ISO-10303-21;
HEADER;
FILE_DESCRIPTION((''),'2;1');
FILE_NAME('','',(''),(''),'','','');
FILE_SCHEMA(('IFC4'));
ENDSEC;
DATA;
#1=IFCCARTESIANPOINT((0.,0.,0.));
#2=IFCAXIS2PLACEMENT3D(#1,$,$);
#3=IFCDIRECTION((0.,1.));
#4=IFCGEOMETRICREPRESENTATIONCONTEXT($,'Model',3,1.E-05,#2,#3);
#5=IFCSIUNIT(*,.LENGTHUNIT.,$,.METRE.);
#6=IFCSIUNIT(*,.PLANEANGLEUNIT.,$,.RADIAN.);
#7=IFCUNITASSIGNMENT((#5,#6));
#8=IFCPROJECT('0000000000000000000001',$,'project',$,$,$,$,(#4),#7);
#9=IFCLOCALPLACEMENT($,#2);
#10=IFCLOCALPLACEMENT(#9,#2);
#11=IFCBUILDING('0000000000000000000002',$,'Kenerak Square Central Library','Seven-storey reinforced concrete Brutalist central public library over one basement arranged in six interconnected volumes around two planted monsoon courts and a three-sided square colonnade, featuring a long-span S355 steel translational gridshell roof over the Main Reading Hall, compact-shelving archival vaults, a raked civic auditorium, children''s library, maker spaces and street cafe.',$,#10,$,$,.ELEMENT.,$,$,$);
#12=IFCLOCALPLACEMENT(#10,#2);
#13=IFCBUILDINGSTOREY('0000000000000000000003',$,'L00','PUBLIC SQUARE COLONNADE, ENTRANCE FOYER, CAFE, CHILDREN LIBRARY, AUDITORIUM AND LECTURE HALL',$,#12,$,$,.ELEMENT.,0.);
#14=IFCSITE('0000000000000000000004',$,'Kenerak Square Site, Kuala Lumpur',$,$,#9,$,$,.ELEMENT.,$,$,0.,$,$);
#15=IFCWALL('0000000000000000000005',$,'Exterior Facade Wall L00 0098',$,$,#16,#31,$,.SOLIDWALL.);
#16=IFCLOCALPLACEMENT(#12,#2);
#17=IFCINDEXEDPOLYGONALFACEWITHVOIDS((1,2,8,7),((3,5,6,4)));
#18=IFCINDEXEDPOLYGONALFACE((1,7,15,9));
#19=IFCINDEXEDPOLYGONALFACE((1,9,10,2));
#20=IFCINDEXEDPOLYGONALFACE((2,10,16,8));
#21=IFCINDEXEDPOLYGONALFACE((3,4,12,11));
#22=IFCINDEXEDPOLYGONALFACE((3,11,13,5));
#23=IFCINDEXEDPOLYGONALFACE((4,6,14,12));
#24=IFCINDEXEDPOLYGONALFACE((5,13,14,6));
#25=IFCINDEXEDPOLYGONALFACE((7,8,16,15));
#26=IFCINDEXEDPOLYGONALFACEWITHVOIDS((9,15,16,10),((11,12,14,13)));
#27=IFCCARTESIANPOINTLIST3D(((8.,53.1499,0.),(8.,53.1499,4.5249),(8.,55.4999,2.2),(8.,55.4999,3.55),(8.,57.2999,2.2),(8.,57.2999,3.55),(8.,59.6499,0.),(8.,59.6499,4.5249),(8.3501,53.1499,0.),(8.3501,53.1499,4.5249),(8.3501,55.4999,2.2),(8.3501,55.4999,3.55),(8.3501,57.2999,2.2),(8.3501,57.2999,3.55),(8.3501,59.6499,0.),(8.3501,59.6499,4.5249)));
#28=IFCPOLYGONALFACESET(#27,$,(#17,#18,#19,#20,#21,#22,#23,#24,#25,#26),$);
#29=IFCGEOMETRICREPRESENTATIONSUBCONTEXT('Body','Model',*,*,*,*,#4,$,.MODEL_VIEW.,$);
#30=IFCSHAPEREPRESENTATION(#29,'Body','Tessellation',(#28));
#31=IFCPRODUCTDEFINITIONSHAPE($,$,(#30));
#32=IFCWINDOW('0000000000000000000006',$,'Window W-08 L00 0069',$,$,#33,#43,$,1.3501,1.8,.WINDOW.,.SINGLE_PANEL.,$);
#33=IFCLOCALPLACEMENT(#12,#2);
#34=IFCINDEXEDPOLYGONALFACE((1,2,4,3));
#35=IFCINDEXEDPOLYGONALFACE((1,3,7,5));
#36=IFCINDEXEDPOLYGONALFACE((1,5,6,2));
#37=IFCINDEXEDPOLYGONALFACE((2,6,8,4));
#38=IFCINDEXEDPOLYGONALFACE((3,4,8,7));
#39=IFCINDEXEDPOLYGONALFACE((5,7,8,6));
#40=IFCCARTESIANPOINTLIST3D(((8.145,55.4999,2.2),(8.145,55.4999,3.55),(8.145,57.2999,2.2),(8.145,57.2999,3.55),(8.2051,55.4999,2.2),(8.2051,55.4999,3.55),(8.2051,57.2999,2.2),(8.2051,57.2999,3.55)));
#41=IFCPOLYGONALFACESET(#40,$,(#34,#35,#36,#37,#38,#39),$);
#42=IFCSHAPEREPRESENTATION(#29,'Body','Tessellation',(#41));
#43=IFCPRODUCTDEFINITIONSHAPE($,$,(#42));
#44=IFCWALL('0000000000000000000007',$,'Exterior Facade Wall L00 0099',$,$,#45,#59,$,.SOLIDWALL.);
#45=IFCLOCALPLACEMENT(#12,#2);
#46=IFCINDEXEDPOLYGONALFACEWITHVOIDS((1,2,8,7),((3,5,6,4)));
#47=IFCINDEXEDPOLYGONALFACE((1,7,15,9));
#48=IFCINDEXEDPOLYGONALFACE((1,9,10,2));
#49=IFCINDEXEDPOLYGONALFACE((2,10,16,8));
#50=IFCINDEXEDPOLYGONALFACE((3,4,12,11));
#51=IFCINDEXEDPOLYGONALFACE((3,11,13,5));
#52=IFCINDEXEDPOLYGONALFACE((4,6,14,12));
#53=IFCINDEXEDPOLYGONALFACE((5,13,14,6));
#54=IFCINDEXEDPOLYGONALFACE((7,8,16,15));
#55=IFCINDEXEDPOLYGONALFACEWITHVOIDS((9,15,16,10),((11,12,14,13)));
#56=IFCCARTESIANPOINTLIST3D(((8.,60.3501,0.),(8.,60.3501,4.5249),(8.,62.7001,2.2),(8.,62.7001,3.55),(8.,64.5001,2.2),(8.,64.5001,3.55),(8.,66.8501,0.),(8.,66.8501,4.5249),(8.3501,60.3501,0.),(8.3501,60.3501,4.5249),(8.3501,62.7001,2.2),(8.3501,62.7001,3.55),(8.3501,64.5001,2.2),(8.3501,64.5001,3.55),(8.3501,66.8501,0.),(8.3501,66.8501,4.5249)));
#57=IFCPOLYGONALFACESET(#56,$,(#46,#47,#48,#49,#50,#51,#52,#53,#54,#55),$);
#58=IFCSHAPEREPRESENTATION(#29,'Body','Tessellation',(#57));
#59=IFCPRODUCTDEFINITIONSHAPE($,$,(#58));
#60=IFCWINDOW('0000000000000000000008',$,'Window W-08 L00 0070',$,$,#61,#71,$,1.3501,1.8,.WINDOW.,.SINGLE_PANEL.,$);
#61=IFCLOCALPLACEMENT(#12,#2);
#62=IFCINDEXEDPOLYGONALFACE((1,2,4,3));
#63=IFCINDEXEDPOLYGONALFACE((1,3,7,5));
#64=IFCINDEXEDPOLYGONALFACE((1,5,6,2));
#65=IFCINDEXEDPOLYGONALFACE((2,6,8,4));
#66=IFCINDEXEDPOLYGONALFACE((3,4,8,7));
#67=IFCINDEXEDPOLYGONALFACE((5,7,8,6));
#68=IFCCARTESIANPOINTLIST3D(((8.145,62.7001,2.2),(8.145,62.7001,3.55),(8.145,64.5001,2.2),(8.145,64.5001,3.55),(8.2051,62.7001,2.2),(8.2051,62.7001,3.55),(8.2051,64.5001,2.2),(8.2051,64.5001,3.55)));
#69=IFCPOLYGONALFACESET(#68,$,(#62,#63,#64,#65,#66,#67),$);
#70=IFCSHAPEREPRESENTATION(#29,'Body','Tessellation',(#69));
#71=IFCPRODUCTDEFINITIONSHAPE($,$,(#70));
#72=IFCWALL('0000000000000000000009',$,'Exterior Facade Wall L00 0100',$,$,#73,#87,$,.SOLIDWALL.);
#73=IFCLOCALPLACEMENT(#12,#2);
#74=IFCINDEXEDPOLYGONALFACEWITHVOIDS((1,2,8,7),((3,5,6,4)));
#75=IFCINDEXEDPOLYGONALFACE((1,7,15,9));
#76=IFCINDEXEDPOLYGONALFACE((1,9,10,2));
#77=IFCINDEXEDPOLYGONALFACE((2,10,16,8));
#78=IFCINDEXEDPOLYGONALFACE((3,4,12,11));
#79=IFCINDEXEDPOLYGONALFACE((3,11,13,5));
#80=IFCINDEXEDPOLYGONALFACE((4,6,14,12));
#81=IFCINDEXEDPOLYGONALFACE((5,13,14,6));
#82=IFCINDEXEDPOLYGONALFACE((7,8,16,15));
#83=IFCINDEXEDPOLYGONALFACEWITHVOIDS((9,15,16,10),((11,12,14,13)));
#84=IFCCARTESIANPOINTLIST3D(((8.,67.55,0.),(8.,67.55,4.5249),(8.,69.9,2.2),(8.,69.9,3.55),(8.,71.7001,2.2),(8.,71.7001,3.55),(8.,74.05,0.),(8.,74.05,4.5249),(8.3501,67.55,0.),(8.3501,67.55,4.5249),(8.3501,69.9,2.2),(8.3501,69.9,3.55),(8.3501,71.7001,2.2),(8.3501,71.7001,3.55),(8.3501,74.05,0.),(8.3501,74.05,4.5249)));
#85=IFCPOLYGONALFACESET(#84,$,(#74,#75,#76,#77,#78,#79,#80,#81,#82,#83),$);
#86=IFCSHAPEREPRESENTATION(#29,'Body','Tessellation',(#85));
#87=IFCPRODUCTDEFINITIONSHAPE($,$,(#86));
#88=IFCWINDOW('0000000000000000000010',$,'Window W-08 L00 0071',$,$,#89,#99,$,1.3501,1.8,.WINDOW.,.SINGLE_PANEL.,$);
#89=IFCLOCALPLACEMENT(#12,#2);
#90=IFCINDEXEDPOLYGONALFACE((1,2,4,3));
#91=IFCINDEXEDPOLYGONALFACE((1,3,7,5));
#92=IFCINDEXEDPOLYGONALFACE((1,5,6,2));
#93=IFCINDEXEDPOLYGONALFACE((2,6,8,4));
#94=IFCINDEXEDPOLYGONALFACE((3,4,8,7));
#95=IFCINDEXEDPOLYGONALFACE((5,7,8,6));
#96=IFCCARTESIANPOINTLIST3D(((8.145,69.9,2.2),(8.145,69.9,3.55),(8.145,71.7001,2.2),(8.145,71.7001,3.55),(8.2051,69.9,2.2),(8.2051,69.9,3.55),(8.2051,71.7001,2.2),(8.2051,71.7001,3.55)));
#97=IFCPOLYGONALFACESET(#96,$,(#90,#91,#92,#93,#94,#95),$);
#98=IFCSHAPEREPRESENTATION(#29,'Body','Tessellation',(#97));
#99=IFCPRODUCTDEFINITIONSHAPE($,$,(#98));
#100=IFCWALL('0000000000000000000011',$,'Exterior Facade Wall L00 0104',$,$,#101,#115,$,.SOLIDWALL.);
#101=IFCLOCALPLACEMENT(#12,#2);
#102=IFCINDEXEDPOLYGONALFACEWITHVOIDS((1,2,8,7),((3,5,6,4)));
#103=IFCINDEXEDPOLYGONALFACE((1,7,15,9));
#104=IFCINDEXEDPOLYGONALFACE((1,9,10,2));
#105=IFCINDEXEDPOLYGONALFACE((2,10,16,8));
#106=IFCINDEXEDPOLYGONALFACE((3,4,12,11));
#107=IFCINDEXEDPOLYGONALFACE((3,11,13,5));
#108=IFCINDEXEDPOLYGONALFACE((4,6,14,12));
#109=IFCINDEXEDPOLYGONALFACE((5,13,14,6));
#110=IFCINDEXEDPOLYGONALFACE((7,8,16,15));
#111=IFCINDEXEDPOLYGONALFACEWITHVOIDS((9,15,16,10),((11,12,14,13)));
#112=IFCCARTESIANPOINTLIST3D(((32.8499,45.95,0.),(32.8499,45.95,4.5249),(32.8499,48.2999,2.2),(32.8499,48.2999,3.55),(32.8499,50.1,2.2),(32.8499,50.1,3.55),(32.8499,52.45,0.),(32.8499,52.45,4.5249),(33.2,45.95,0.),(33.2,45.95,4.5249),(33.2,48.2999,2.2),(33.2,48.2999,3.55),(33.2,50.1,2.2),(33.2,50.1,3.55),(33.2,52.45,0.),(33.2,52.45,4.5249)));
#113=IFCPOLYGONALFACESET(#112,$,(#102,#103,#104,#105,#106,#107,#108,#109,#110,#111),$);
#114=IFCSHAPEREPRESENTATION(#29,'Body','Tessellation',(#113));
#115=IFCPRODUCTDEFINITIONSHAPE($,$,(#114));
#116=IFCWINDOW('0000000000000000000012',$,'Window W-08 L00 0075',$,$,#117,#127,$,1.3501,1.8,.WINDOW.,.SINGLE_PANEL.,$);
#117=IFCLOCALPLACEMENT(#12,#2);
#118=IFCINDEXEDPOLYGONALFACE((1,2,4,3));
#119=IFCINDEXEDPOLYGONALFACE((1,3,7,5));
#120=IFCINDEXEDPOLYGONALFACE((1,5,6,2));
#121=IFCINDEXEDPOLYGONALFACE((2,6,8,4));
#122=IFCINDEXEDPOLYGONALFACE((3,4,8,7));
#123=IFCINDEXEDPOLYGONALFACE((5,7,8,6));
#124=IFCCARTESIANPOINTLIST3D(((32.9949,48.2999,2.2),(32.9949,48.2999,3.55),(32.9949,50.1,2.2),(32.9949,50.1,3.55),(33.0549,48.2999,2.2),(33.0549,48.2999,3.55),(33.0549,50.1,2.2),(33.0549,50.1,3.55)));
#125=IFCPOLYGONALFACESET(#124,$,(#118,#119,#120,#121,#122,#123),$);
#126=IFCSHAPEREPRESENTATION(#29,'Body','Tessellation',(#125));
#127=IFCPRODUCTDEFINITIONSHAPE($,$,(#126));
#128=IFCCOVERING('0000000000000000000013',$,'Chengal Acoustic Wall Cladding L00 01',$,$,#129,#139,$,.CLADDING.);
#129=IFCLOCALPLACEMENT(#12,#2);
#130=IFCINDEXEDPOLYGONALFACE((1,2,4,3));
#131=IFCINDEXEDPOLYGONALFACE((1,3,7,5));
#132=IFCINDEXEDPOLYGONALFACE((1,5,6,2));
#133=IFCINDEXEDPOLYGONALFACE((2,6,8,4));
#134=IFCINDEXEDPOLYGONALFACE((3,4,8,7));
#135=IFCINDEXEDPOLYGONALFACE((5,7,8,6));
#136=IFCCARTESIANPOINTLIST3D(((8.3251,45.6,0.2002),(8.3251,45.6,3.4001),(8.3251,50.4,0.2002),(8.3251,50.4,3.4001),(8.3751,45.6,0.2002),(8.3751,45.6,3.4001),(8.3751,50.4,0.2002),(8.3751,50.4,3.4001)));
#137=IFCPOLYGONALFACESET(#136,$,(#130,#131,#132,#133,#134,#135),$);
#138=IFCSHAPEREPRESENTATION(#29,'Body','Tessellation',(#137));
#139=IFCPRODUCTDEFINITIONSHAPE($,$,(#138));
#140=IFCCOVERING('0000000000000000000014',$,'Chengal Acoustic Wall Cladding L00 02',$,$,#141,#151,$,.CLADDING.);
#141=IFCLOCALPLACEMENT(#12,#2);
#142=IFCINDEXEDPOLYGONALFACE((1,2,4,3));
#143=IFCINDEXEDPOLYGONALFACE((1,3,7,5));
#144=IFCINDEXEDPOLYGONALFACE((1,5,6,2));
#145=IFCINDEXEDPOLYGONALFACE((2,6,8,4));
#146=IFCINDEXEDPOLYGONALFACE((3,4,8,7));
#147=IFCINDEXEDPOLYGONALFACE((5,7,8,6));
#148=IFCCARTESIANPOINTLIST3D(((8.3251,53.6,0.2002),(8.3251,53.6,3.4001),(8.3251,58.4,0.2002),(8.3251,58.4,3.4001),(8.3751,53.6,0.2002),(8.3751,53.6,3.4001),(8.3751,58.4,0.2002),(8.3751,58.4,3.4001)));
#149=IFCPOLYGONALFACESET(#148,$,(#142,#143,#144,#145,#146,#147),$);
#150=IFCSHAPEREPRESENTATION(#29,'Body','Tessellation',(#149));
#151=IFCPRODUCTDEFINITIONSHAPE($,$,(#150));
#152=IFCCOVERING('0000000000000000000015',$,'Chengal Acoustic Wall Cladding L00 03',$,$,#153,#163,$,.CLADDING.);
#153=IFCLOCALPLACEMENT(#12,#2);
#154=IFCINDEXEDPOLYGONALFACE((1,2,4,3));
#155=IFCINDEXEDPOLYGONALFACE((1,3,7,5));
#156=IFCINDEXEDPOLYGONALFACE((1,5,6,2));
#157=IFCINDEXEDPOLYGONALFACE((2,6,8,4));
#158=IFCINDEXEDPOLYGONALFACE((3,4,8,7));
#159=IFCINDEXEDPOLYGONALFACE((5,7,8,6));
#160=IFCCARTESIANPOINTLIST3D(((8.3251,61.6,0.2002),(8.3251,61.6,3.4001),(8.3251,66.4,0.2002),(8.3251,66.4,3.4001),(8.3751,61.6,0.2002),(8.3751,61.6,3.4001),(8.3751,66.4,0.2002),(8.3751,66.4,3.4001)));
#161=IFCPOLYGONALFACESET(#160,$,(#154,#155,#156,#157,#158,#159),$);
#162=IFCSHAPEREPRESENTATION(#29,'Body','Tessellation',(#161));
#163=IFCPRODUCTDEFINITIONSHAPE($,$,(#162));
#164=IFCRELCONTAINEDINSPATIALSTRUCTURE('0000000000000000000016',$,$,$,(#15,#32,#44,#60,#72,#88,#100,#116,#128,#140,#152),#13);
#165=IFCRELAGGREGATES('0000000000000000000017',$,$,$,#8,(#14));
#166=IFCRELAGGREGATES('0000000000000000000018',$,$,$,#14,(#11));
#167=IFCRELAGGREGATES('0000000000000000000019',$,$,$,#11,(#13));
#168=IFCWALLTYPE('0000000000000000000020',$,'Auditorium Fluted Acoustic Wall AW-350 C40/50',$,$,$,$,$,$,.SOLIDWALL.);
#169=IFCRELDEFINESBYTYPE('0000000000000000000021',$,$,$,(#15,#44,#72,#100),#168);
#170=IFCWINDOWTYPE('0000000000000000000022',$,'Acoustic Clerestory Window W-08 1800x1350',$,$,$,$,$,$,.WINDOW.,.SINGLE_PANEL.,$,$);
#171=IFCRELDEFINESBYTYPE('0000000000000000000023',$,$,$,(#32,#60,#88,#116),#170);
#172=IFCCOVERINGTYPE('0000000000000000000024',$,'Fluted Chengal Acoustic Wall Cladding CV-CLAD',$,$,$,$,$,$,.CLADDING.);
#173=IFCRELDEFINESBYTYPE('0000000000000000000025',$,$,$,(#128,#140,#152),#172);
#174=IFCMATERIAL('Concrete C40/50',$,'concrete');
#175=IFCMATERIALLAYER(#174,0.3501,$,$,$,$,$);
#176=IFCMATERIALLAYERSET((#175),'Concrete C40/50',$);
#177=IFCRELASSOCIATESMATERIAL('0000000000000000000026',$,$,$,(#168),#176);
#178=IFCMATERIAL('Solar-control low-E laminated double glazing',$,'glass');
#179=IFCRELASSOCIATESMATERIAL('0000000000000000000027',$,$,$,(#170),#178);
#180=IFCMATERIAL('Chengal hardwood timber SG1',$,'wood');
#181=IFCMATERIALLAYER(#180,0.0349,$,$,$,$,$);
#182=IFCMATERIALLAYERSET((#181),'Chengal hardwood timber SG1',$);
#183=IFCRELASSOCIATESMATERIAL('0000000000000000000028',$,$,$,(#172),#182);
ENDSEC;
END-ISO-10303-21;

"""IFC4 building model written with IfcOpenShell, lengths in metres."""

from ifc_helpers import new_model, si_unit, direction, frame, frame_2d, origin, origin_2d, place, context, subcontext, project, spatial, rectangle, extrude, material, layer, layer_set, type_object, element, fill, save


model = new_model("IFC4")

# Units and contexts
model_context = context("Model", 3, precision=1e-05, world=origin(), true_north=direction((0.0, 1.0)))
body_context = subcontext(model_context, "Body", "Model", "MODEL_VIEW")
ifc_project = project(units=[si_unit("LENGTHUNIT", "METRE"), si_unit("PLANEANGLEUNIT", "RADIAN")], contexts=[model_context])

# Site, building, storey
site_placement = place(None, origin())
site = spatial("IfcSite", under=ifc_project, at=site_placement, Name="Kenerak Square Site, Kuala Lumpur", CompositionType="ELEMENT", RefElevation=0.0)
building_placement = place(site_placement, origin())
building = spatial("IfcBuilding", under=site, at=building_placement, Name="Kenerak Square Central Library", Description="Seven-storey reinforced concrete Brutalist central public library over one basement arranged in six interconnected volumes around two planted monsoon courts and a three-sided square colonnade, featuring a long-span S355 steel translational gridshell roof over the Main Reading Hall, compact-shelving archival vaults, a raked civic auditorium, children's library, maker spaces and street cafe.", CompositionType="ELEMENT")
storey_placement = place(building_placement, origin())
storey = spatial("IfcBuildingStorey", under=building, at=storey_placement, Name="L00", Description="PUBLIC SQUARE COLONNADE, ENTRANCE FOYER, CAFE, CHILDREN LIBRARY, AUDITORIUM AND LECTURE HALL", CompositionType="ELEMENT", Elevation=0.0)

# Shared definitions
ifc_material_1 = material(Name="Concrete C40/50", Category="concrete")

# Walls, openings, windows
ifc_layer_1 = layer(ifc_material_1, 0.3501)
ifc_layer_set_1 = layer_set([ifc_layer_1], Name="Concrete C40/50")
wall_type = type_object("IfcWallType", Name="Auditorium Fluted Acoustic Wall AW-350 C40/50", PredefinedType="SOLIDWALL", material=ifc_layer_set_1)
wall_1_placement = place(storey_placement, frame((8.175, 53.1499, 0.0), z_axis=(0.0, 0.0, 1.0), x_axis=(0.0, 1.0, 0.0)))
wall_1 = element("IfcWall", 1, at=wall_1_placement, inside=storey, type_object=wall_type, Name="Exterior Facade Wall L00 0098", PredefinedType="SOLIDWALL", context=body_context, shape_type="SweptSolid", body=[
    extrude(rectangle(XDim=6.5, YDim=0.3501, at=frame_2d((3.25, 0.0))), origin(), (0.0, 0.0, 1.0), 4.5249),
])
opening_1_placement = place(wall_1_placement, frame((2.3501, 0.0, 2.2)))
opening_1 = element("IfcOpeningElement", 2, at=opening_1_placement, cuts=wall_1, PredefinedType="OPENING", context=body_context, shape_type="SweptSolid", body=[
    extrude(rectangle(XDim=1.8, YDim=1.3501, at=frame_2d((0.8999, 0.675))), frame((0.0, 0.1851, 0.0), z_axis=(0.0, -1.0, 0.0), x_axis=(1.0, 0.0, 0.0)), (0.0, 0.0, 1.0), 0.3701),
])
ifc_material_2 = material(Name="Solar-control low-E laminated double glazing", Category="glass")
window_type = type_object("IfcWindowType", Name="Acoustic Clerestory Window W-08 1800x1350", PartitioningType="SINGLE_PANEL", PredefinedType="WINDOW", material=ifc_material_2)
window_1_placement = place(opening_1_placement, origin())
window_1 = element("IfcWindow", 3, at=window_1_placement, inside=storey, type_object=window_type, Name="Window W-08 L00 0069", OverallHeight=1.3501, OverallWidth=1.8, PartitioningType="SINGLE_PANEL", PredefinedType="WINDOW", context=body_context, shape_type="SweptSolid", body=[
    extrude(rectangle(XDim=1.8, YDim=1.3501, at=frame_2d((0.8999, 0.675))), frame((0.0, 0.03, 0.0), z_axis=(0.0, -1.0, 0.0), x_axis=(1.0, 0.0, 0.0)), (0.0, 0.0, 1.0), 0.0601),
])
fill(opening_1, window_1)
wall_2_placement = place(storey_placement, frame((8.175, 60.3501, 0.0), z_axis=(0.0, 0.0, 1.0), x_axis=(0.0, 1.0, 0.0)))
wall_2 = element("IfcWall", 4, at=wall_2_placement, inside=storey, type_object=wall_type, Name="Exterior Facade Wall L00 0099", PredefinedType="SOLIDWALL", context=body_context, shape_type="SweptSolid", body=[
    extrude(rectangle(XDim=6.5, YDim=0.3501, at=frame_2d((3.25, 0.0))), origin(), (0.0, 0.0, 1.0), 4.5249),
])
opening_2_placement = place(wall_2_placement, frame((2.3501, 0.0, 2.2)))
opening_2 = element("IfcOpeningElement", 5, at=opening_2_placement, cuts=wall_2, PredefinedType="OPENING", context=body_context, shape_type="SweptSolid", body=[
    extrude(rectangle(XDim=1.8, YDim=1.3501, at=frame_2d((0.8999, 0.675))), frame((0.0, 0.1851, 0.0), z_axis=(0.0, -1.0, 0.0), x_axis=(1.0, 0.0, 0.0)), (0.0, 0.0, 1.0), 0.3701),
])
window_2_placement = place(opening_2_placement, origin())
window_2 = element("IfcWindow", 6, at=window_2_placement, inside=storey, type_object=window_type, Name="Window W-08 L00 0070", OverallHeight=1.3501, OverallWidth=1.8, PartitioningType="SINGLE_PANEL", PredefinedType="WINDOW", context=body_context, shape_type="SweptSolid", body=[
    extrude(rectangle(XDim=1.8, YDim=1.3501, at=frame_2d((0.8999, 0.675))), frame((0.0, 0.03, 0.0), z_axis=(0.0, -1.0, 0.0), x_axis=(1.0, 0.0, 0.0)), (0.0, 0.0, 1.0), 0.0601),
])
fill(opening_2, window_2)
wall_3_placement = place(storey_placement, frame((8.175, 67.55, 0.0), z_axis=(0.0, 0.0, 1.0), x_axis=(0.0, 1.0, 0.0)))
wall_3 = element("IfcWall", 7, at=wall_3_placement, inside=storey, type_object=wall_type, Name="Exterior Facade Wall L00 0100", PredefinedType="SOLIDWALL", context=body_context, shape_type="SweptSolid", body=[
    extrude(rectangle(XDim=6.5, YDim=0.3501, at=frame_2d((3.25, 0.0))), origin(), (0.0, 0.0, 1.0), 4.5249),
])
opening_3_placement = place(wall_3_placement, frame((2.3501, 0.0, 2.2)))
opening_3 = element("IfcOpeningElement", 8, at=opening_3_placement, cuts=wall_3, PredefinedType="OPENING", context=body_context, shape_type="SweptSolid", body=[
    extrude(rectangle(XDim=1.8, YDim=1.3501, at=frame_2d((0.8999, 0.675))), frame((0.0, 0.1851, 0.0), z_axis=(0.0, -1.0, 0.0), x_axis=(1.0, 0.0, 0.0)), (0.0, 0.0, 1.0), 0.3701),
])
window_3_placement = place(opening_3_placement, origin())
window_3 = element("IfcWindow", 9, at=window_3_placement, inside=storey, type_object=window_type, Name="Window W-08 L00 0071", OverallHeight=1.3501, OverallWidth=1.8, PartitioningType="SINGLE_PANEL", PredefinedType="WINDOW", context=body_context, shape_type="SweptSolid", body=[
    extrude(rectangle(XDim=1.8, YDim=1.3501, at=frame_2d((0.8999, 0.675))), frame((0.0, 0.03, 0.0), z_axis=(0.0, -1.0, 0.0), x_axis=(1.0, 0.0, 0.0)), (0.0, 0.0, 1.0), 0.0601),
])
fill(opening_3, window_3)
wall_4_placement = place(storey_placement, frame((33.0249, 52.45, 0.0), z_axis=(0.0, 0.0, 1.0), x_axis=(0.0, -1.0, 0.0)))
wall_4 = element("IfcWall", 10, at=wall_4_placement, inside=storey, type_object=wall_type, Name="Exterior Facade Wall L00 0104", PredefinedType="SOLIDWALL", context=body_context, shape_type="SweptSolid", body=[
    extrude(rectangle(XDim=6.5, YDim=0.3501, at=frame_2d((3.25, 0.0))), origin(), (0.0, 0.0, 1.0), 4.5249),
])
opening_4_placement = place(wall_4_placement, frame((2.3501, 0.0, 2.2)))
opening_4 = element("IfcOpeningElement", 11, at=opening_4_placement, cuts=wall_4, PredefinedType="OPENING", context=body_context, shape_type="SweptSolid", body=[
    extrude(rectangle(XDim=1.8, YDim=1.3501, at=frame_2d((0.8999, 0.675))), frame((0.0, 0.1851, 0.0), z_axis=(0.0, -1.0, 0.0), x_axis=(1.0, 0.0, 0.0)), (0.0, 0.0, 1.0), 0.3701),
])
window_4_placement = place(opening_4_placement, origin())
window_4 = element("IfcWindow", 12, at=window_4_placement, inside=storey, type_object=window_type, Name="Window W-08 L00 0075", OverallHeight=1.3501, OverallWidth=1.8, PartitioningType="SINGLE_PANEL", PredefinedType="WINDOW", context=body_context, shape_type="SweptSolid", body=[
    extrude(rectangle(XDim=1.8, YDim=1.3501, at=frame_2d((0.8999, 0.675))), frame((0.0, 0.03, 0.0), z_axis=(0.0, -1.0, 0.0), x_axis=(1.0, 0.0, 0.0)), (0.0, 0.0, 1.0), 0.0601),
])
fill(opening_4, window_4)

# Coverings
ifc_material_3 = material(Name="Chengal hardwood timber SG1", Category="wood")
ifc_layer_2 = layer(ifc_material_3, 0.0349)
ifc_layer_set_2 = layer_set([ifc_layer_2], Name="Chengal hardwood timber SG1")
covering_type = type_object("IfcCoveringType", Name="Fluted Chengal Acoustic Wall Cladding CV-CLAD", PredefinedType="CLADDING", material=ifc_layer_set_2)
for number, where, z_axis, x_axis, name in (
    (13, (8.3501, 48.0, 0.2002), (0.0, 0.0, 1.0), (1.0, 0.0, 0.0), "Chengal Acoustic Wall Cladding L00 01"),
    (14, (8.3501, 56.0, 0.2002), (0.0, 0.0, 1.0), (1.0, 0.0, 0.0), "Chengal Acoustic Wall Cladding L00 02"),
    (15, (8.3501, 64.0, 0.2002), (0.0, 0.0, 1.0), (1.0, 0.0, 0.0), "Chengal Acoustic Wall Cladding L00 03"),
):
    element("IfcCovering", number, at=place(storey_placement, frame(where, z_axis=z_axis, x_axis=x_axis)), inside=storey, type_object=covering_type, Name=name, PredefinedType="CLADDING", context=body_context, shape_type="SweptSolid", body=[
        extrude(rectangle(XDim=0.05, YDim=4.8, at=origin_2d()), origin(), (0.0, 0.0, 1.0), 3.2),
    ])

save(model, "model.ifc")
